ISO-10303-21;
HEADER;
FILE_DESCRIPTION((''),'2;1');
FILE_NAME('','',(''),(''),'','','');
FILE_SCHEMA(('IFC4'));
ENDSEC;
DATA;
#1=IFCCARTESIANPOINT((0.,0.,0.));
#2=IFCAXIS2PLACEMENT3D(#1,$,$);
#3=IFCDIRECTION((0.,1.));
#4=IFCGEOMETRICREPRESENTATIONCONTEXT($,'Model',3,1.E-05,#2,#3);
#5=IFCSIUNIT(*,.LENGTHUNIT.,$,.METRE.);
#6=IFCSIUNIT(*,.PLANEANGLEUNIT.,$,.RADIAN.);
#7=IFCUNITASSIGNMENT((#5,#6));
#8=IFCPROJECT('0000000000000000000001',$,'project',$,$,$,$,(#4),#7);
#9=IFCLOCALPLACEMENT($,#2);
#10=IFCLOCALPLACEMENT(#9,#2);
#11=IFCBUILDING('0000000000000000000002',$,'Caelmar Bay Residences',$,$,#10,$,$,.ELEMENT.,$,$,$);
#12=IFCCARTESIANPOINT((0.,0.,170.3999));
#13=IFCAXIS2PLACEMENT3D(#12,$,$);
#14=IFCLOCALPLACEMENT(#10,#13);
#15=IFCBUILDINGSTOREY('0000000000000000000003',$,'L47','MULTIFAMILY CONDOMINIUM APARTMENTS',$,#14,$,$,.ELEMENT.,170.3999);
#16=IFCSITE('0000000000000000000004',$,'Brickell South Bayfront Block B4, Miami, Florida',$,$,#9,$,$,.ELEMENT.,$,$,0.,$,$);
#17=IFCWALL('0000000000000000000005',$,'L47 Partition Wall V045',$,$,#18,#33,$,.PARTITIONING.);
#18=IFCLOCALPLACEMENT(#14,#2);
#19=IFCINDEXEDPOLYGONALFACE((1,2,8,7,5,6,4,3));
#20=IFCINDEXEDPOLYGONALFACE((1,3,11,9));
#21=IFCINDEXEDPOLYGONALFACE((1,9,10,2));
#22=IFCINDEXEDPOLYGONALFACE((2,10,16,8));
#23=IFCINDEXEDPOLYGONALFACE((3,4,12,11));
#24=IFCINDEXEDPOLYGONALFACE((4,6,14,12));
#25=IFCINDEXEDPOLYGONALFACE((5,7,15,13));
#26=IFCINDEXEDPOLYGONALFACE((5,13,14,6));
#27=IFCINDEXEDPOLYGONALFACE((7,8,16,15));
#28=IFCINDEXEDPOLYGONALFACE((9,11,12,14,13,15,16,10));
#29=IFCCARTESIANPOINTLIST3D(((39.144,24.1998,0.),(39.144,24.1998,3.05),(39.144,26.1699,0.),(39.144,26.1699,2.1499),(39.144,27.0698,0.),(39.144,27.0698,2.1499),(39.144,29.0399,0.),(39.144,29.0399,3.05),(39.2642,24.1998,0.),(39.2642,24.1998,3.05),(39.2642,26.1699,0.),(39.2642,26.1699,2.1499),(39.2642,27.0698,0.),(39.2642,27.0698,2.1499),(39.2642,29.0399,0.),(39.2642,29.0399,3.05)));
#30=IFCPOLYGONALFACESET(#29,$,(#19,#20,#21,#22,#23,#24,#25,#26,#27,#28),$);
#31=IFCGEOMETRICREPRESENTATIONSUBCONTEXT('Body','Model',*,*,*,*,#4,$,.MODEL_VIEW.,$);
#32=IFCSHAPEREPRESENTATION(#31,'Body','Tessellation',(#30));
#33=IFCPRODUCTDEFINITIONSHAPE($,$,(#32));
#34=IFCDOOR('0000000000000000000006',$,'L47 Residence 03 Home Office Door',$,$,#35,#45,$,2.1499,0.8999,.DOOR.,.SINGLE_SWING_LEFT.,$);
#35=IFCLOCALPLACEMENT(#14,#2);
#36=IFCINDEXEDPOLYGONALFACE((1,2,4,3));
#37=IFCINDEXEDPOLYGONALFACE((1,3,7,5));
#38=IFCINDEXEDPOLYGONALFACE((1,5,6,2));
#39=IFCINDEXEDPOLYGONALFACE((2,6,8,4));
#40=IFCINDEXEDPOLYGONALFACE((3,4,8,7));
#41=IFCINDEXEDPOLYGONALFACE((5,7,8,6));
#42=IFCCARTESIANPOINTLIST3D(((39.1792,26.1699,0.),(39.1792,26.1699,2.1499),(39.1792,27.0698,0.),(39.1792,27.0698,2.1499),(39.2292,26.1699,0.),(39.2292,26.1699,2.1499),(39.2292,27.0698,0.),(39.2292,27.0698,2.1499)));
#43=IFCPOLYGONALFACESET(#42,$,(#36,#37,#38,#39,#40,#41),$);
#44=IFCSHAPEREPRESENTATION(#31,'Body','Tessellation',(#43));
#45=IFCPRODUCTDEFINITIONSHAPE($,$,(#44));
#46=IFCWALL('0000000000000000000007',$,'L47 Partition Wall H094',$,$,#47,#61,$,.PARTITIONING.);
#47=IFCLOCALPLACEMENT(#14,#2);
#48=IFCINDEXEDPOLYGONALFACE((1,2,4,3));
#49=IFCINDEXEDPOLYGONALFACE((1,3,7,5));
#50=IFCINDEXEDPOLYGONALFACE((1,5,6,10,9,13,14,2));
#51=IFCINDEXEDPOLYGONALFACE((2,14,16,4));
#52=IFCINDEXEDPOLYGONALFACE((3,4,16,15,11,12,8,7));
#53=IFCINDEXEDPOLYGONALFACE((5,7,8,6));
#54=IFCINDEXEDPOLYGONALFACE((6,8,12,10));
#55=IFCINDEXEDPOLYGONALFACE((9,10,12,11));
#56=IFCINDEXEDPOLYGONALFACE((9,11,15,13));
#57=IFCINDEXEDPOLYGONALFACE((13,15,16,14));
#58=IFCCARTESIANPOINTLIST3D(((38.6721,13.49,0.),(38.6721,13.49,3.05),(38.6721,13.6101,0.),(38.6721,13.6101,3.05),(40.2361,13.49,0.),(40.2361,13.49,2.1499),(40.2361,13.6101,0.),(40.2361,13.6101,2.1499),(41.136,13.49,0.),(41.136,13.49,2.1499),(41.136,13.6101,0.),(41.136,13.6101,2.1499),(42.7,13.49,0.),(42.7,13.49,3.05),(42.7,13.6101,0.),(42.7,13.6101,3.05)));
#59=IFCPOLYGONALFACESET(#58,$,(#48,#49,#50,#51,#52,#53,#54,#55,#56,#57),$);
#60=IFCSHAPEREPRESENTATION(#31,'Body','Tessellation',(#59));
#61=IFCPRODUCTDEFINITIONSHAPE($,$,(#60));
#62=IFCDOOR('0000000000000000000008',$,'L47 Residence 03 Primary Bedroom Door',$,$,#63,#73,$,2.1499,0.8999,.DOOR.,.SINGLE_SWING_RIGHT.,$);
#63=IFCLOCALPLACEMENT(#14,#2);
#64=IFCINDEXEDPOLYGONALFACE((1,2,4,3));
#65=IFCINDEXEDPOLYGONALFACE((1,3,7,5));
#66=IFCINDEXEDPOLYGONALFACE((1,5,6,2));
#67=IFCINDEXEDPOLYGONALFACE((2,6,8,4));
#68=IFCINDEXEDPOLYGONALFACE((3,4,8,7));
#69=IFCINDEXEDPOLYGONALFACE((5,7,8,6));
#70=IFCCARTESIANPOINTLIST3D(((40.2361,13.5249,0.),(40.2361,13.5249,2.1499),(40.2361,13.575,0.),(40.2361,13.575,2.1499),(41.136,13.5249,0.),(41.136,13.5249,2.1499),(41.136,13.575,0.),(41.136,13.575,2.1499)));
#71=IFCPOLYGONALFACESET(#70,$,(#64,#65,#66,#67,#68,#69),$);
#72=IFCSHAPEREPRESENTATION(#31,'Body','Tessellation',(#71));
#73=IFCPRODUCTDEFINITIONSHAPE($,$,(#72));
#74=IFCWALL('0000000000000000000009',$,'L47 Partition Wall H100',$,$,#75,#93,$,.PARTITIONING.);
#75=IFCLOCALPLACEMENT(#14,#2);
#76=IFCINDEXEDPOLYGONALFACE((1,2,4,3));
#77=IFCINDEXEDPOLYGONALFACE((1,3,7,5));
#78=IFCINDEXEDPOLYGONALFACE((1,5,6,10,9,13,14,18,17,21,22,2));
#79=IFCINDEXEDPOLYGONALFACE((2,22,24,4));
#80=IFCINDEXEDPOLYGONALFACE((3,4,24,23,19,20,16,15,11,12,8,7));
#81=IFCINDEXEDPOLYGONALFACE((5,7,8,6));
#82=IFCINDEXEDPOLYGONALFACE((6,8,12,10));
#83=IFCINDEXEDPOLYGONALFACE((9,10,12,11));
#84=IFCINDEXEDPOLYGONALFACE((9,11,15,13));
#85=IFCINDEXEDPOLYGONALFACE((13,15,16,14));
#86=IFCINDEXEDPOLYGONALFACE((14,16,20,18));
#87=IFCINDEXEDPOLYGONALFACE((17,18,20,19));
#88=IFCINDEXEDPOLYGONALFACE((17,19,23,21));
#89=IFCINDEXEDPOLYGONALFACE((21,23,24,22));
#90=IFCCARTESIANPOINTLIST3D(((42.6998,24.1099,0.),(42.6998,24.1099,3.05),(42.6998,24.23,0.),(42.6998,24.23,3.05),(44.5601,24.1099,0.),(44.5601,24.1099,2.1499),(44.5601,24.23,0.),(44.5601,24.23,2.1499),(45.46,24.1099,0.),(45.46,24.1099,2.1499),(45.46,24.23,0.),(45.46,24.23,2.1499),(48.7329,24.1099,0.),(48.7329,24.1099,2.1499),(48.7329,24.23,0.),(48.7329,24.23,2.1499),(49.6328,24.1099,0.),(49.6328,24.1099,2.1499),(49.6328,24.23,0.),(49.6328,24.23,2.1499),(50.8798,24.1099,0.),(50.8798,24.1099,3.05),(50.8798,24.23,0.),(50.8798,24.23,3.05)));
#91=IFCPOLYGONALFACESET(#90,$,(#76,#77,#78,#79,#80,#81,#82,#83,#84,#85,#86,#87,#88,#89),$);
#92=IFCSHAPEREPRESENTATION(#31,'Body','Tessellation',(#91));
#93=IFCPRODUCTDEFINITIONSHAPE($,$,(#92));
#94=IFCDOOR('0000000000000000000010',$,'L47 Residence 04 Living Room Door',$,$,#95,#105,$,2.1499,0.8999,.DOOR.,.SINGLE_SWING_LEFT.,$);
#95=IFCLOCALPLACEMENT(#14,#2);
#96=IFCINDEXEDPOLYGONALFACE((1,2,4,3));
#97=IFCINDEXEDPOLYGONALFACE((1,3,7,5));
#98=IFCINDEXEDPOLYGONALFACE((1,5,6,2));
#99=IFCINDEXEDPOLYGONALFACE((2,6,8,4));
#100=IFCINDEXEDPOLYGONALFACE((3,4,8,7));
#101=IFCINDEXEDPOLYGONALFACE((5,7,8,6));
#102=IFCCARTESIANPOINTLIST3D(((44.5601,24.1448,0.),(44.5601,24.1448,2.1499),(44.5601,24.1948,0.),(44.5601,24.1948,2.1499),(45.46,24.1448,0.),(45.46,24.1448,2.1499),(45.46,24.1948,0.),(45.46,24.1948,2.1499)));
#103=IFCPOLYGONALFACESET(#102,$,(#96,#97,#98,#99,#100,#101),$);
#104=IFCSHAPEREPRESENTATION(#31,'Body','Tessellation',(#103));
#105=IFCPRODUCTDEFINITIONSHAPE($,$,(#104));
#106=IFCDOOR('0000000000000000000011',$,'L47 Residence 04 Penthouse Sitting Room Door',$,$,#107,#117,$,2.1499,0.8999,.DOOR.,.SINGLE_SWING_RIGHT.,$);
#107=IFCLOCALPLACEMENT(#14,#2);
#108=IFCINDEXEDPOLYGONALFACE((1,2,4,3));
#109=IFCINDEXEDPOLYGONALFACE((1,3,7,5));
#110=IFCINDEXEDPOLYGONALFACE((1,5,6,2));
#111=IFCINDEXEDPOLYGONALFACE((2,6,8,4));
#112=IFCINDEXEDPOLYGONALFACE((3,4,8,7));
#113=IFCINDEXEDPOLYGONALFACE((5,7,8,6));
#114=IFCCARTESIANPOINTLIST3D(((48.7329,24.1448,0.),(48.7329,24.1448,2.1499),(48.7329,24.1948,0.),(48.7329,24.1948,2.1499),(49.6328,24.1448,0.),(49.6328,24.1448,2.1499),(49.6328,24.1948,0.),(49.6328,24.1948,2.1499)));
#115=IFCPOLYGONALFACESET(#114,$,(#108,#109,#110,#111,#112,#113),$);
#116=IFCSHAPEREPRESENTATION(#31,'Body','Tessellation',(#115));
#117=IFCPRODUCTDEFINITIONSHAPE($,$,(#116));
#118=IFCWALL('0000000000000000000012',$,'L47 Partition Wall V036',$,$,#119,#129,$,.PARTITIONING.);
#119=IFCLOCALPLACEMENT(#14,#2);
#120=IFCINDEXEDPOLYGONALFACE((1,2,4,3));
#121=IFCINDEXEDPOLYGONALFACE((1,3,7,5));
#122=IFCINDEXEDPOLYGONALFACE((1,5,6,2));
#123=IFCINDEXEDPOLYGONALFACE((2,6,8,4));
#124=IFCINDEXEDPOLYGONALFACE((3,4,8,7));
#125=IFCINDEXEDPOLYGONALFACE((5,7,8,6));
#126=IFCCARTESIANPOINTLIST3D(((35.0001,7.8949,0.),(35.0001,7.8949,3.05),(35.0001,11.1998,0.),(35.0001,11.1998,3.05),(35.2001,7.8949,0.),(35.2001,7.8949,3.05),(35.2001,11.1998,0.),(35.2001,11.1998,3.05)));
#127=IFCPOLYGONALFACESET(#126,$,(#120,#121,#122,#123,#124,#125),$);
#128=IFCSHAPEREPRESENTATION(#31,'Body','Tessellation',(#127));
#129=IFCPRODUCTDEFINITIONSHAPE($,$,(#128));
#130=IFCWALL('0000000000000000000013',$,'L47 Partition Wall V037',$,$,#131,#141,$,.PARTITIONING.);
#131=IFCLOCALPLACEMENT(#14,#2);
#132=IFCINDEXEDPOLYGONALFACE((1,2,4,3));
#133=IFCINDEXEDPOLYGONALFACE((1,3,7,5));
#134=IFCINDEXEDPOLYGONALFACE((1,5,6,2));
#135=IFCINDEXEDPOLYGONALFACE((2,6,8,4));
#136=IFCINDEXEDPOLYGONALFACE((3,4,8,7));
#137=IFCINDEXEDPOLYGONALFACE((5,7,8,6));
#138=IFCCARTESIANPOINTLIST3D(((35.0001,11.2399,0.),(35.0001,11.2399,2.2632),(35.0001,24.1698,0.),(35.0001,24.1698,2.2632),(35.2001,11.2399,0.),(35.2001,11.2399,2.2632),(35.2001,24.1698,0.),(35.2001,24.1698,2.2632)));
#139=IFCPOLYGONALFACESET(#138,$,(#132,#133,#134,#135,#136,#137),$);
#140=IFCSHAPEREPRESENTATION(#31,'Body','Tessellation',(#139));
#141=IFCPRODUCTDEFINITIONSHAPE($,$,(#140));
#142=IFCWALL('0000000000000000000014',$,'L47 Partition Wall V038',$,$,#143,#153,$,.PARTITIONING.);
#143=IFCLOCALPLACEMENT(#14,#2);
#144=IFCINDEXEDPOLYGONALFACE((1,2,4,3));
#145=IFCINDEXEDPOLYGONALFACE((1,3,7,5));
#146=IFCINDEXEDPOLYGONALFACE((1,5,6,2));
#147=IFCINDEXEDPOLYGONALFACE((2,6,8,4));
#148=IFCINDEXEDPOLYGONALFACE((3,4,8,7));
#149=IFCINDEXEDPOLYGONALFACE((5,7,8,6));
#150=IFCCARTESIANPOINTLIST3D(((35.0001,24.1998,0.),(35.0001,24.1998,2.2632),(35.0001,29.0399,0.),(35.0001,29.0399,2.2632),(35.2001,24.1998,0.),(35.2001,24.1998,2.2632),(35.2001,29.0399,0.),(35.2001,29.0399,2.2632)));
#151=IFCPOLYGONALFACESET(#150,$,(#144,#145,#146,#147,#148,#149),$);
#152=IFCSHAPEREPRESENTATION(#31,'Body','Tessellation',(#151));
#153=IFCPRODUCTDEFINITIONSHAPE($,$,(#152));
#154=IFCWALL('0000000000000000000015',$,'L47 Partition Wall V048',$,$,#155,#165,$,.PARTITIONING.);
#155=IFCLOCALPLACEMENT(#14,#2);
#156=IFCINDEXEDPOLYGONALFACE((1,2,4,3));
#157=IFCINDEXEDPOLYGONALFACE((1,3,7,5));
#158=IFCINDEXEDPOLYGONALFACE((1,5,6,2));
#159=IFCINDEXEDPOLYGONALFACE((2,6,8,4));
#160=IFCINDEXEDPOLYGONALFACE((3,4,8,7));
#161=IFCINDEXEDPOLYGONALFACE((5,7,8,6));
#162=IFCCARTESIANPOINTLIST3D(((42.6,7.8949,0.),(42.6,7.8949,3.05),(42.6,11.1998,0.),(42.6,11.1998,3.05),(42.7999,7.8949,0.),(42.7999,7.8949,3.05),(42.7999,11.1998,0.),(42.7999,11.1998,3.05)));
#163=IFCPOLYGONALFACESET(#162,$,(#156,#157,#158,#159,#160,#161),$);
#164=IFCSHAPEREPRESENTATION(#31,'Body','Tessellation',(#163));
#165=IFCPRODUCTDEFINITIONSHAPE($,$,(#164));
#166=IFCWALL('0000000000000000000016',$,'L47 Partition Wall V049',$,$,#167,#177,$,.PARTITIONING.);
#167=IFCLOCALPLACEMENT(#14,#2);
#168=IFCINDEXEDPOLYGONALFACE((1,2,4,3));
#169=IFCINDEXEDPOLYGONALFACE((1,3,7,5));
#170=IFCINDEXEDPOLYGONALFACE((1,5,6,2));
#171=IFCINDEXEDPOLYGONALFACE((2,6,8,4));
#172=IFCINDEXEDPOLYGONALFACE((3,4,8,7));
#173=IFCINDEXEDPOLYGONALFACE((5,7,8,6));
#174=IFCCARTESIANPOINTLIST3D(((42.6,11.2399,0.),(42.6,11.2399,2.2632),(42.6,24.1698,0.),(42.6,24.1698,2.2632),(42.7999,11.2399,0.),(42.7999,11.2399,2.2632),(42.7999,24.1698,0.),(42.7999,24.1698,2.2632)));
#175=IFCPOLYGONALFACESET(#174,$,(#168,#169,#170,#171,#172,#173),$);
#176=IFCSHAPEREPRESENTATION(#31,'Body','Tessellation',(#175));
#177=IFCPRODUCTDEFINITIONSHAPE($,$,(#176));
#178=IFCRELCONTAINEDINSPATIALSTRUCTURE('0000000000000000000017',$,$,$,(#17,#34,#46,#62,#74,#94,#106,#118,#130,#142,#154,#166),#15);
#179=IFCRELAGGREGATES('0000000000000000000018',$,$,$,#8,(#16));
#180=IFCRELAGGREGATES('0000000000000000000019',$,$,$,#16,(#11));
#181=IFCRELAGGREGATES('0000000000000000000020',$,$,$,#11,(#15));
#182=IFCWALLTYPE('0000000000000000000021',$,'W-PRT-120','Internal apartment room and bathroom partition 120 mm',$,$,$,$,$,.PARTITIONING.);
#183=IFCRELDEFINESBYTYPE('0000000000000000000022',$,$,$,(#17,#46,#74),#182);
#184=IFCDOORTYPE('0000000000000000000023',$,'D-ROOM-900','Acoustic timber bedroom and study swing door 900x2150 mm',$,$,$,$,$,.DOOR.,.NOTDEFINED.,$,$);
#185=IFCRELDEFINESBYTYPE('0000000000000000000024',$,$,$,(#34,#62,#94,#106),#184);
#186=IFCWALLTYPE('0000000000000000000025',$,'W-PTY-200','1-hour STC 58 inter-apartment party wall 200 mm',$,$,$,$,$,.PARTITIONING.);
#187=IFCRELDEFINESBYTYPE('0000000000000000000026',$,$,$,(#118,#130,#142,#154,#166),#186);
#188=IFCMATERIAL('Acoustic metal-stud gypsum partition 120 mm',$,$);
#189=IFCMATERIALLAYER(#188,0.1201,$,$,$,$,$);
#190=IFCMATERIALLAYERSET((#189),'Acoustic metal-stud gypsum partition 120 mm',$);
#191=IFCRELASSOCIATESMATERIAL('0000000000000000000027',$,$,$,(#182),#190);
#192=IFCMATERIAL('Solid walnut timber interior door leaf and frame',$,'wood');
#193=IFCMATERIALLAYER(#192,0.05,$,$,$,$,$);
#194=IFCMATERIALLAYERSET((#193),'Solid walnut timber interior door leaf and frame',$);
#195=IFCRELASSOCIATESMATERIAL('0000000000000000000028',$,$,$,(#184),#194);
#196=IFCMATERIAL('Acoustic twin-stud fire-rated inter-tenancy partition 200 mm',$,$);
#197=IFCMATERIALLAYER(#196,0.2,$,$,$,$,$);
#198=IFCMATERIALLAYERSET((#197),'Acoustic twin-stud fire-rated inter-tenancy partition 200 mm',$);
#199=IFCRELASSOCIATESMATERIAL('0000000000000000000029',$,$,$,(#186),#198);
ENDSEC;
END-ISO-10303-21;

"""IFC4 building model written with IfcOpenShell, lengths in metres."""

from ifc_helpers import new_model, si_unit, direction, frame, frame_2d, origin, place, context, subcontext, project, spatial, rectangle, extrude, material, layer, layer_set, type_object, element, fill, save


model = new_model("IFC4")

# Units and contexts
model_context = context("Model", 3, precision=1e-05, world=origin(), true_north=direction((0.0, 1.0)))
body_context = subcontext(model_context, "Body", "Model", "MODEL_VIEW")
ifc_project = project(units=[si_unit("LENGTHUNIT", "METRE"), si_unit("PLANEANGLEUNIT", "RADIAN")], contexts=[model_context])

# Site, building, storey
site_placement = place(None, origin())
site = spatial("IfcSite", under=ifc_project, at=site_placement, Name="Brickell South Bayfront Block B4, Miami, Florida", CompositionType="ELEMENT", RefElevation=0.0)
building_placement = place(site_placement, origin())
building = spatial("IfcBuilding", under=site, at=building_placement, Name="Caelmar Bay Residences", CompositionType="ELEMENT")
storey_placement = place(building_placement, frame((0.0, 0.0, 170.3999)))
storey = spatial("IfcBuildingStorey", under=building, at=storey_placement, Name="L47", Description="MULTIFAMILY CONDOMINIUM APARTMENTS", CompositionType="ELEMENT", Elevation=170.3999)

# Shared definitions
ifc_material_1 = material(Name="Acoustic metal-stud gypsum partition 120 mm")
ifc_layer_1 = layer(ifc_material_1, 0.1201)
ifc_layer_set_1 = layer_set([ifc_layer_1], Name="Acoustic metal-stud gypsum partition 120 mm")
wall_type_1 = type_object("IfcWallType", Name="W-PRT-120", Description="Internal apartment room and bathroom partition 120 mm", PredefinedType="PARTITIONING", material=ifc_layer_set_1)

# Walls, openings, doors
wall_1_placement = place(storey_placement, frame((39.2041, 24.2, 0.0), z_axis=(0.0, 0.0, 1.0), x_axis=(0.0, 1.0, 0.0)))
wall_1 = element("IfcWall", 1, at=wall_1_placement, inside=storey, type_object=wall_type_1, Name="L47 Partition Wall V045", PredefinedType="PARTITIONING", context=body_context, shape_type="SweptSolid", body=[
    extrude(rectangle(XDim=4.8401, YDim=0.1201, at=frame_2d((2.4199, 0.0))), origin(), (0.0, 0.0, 1.0), 3.05),
])
opening_1_placement = place(wall_1_placement, frame((1.97, 0.0, 0.0)))
opening_1 = element("IfcOpeningElement", 2, at=opening_1_placement, cuts=wall_1, PredefinedType="OPENING", context=body_context, shape_type="SweptSolid", body=[
    extrude(rectangle(XDim=0.8999, YDim=2.1499, at=frame_2d((0.45, 1.075))), frame((0.0, 0.0701, 0.0), z_axis=(0.0, -1.0, 0.0), x_axis=(1.0, 0.0, 0.0)), (0.0, 0.0, 1.0), 0.1401),
])
ifc_material_2 = material(Name="Solid walnut timber interior door leaf and frame", Category="wood")
ifc_layer_2 = layer(ifc_material_2, 0.05)
ifc_layer_set_2 = layer_set([ifc_layer_2], Name="Solid walnut timber interior door leaf and frame")
door_type = type_object("IfcDoorType", Name="D-ROOM-900", Description="Acoustic timber bedroom and study swing door 900x2150 mm", OperationType="NOTDEFINED", PredefinedType="DOOR", material=ifc_layer_set_2)
door_1_placement = place(opening_1_placement, origin())
door_1 = element("IfcDoor", 3, at=door_1_placement, inside=storey, type_object=door_type, Name="L47 Residence 03 Home Office Door", OperationType="SINGLE_SWING_LEFT", OverallHeight=2.1499, OverallWidth=0.8999, PredefinedType="DOOR", context=body_context, shape_type="SweptSolid", body=[
    extrude(rectangle(XDim=0.8999, YDim=2.1499, at=frame_2d((0.45, 1.075))), frame((0.0, 0.0249, 0.0), z_axis=(0.0, -1.0, 0.0), x_axis=(1.0, 0.0, 0.0)), (0.0, 0.0, 1.0), 0.05),
])
fill(opening_1, door_1)
wall_2_placement = place(storey_placement, frame((38.6721, 13.55, 0.0), z_axis=(0.0, 0.0, 1.0), x_axis=(1.0, 0.0, 0.0)))
wall_2 = element("IfcWall", 4, at=wall_2_placement, inside=storey, type_object=wall_type_1, Name="L47 Partition Wall H094", PredefinedType="PARTITIONING", context=body_context, shape_type="SweptSolid", body=[
    extrude(rectangle(XDim=4.0278, YDim=0.1201, at=frame_2d((2.0139, 0.0))), origin(), (0.0, 0.0, 1.0), 3.05),
])
opening_2_placement = place(wall_2_placement, frame((1.564, 0.0, 0.0)))
opening_2 = element("IfcOpeningElement", 5, at=opening_2_placement, cuts=wall_2, PredefinedType="OPENING", context=body_context, shape_type="SweptSolid", body=[
    extrude(rectangle(XDim=0.8999, YDim=2.1499, at=frame_2d((0.45, 1.075))), frame((0.0, 0.0701, 0.0), z_axis=(0.0, -1.0, 0.0), x_axis=(1.0, 0.0, 0.0)), (0.0, 0.0, 1.0), 0.1401),
])
door_2_placement = place(opening_2_placement, origin())
door_2 = element("IfcDoor", 6, at=door_2_placement, inside=storey, type_object=door_type, Name="L47 Residence 03 Primary Bedroom Door", OperationType="SINGLE_SWING_RIGHT", OverallHeight=2.1499, OverallWidth=0.8999, PredefinedType="DOOR", context=body_context, shape_type="SweptSolid", body=[
    extrude(rectangle(XDim=0.8999, YDim=2.1499, at=frame_2d((0.45, 1.075))), frame((0.0, 0.0249, 0.0), z_axis=(0.0, -1.0, 0.0), x_axis=(1.0, 0.0, 0.0)), (0.0, 0.0, 1.0), 0.05),
])
fill(opening_2, door_2)

# Wall, openings, doors
wall_3_placement = place(storey_placement, frame((42.7, 24.1699, 0.0), z_axis=(0.0, 0.0, 1.0), x_axis=(1.0, 0.0, 0.0)))
wall_3 = element("IfcWall", 7, at=wall_3_placement, inside=storey, type_object=wall_type_1, Name="L47 Partition Wall H100", PredefinedType="PARTITIONING", context=body_context, shape_type="SweptSolid", body=[
    extrude(rectangle(XDim=8.1799, YDim=0.1201, at=frame_2d((4.0898, 0.0))), origin(), (0.0, 0.0, 1.0), 3.05),
])
opening_3_placement = place(wall_3_placement, frame((1.8601, 0.0, 0.0)))
opening_3 = element("IfcOpeningElement", 8, at=opening_3_placement, cuts=wall_3, PredefinedType="OPENING", context=body_context, shape_type="SweptSolid", body=[
    extrude(rectangle(XDim=0.8999, YDim=2.1499, at=frame_2d((0.45, 1.075))), frame((0.0, 0.0701, 0.0), z_axis=(0.0, -1.0, 0.0), x_axis=(1.0, 0.0, 0.0)), (0.0, 0.0, 1.0), 0.1401),
])
opening_4_placement = place(wall_3_placement, frame((6.033, 0.0, 0.0)))
opening_4 = element("IfcOpeningElement", 9, at=opening_4_placement, cuts=wall_3, PredefinedType="OPENING", context=body_context, shape_type="SweptSolid", body=[
    extrude(rectangle(XDim=0.8999, YDim=2.1499, at=frame_2d((0.45, 1.075))), frame((0.0, 0.0701, 0.0), z_axis=(0.0, -1.0, 0.0), x_axis=(1.0, 0.0, 0.0)), (0.0, 0.0, 1.0), 0.1401),
])
door_3_placement = place(opening_3_placement, origin())
door_3 = element("IfcDoor", 10, at=door_3_placement, inside=storey, type_object=door_type, Name="L47 Residence 04 Living Room Door", OperationType="SINGLE_SWING_LEFT", OverallHeight=2.1499, OverallWidth=0.8999, PredefinedType="DOOR", context=body_context, shape_type="SweptSolid", body=[
    extrude(rectangle(XDim=0.8999, YDim=2.1499, at=frame_2d((0.45, 1.075))), frame((0.0, 0.0249, 0.0), z_axis=(0.0, -1.0, 0.0), x_axis=(1.0, 0.0, 0.0)), (0.0, 0.0, 1.0), 0.05),
])
fill(opening_3, door_3)
door_4_placement = place(opening_4_placement, origin())
door_4 = element("IfcDoor", 11, at=door_4_placement, inside=storey, type_object=door_type, Name="L47 Residence 04 Penthouse Sitting Room Door", OperationType="SINGLE_SWING_RIGHT", OverallHeight=2.1499, OverallWidth=0.8999, PredefinedType="DOOR", context=body_context, shape_type="SweptSolid", body=[
    extrude(rectangle(XDim=0.8999, YDim=2.1499, at=frame_2d((0.45, 1.075))), frame((0.0, 0.0249, 0.0), z_axis=(0.0, -1.0, 0.0), x_axis=(1.0, 0.0, 0.0)), (0.0, 0.0, 1.0), 0.05),
])
fill(opening_4, door_4)

# Walls
ifc_material_3 = material(Name="Acoustic twin-stud fire-rated inter-tenancy partition 200 mm")
ifc_layer_3 = layer(ifc_material_3, 0.2)
ifc_layer_set_3 = layer_set([ifc_layer_3], Name="Acoustic twin-stud fire-rated inter-tenancy partition 200 mm")
wall_type_2 = type_object("IfcWallType", Name="W-PTY-200", Description="1-hour STC 58 inter-apartment party wall 200 mm", PredefinedType="PARTITIONING", material=ifc_layer_set_3)
wall_4_placement = place(storey_placement, frame((35.1001, 7.895, 0.0), z_axis=(0.0, 0.0, 1.0), x_axis=(0.0, 1.0, 0.0)))
element("IfcWall", 12, at=wall_4_placement, inside=storey, type_object=wall_type_2, Name="L47 Partition Wall V036", PredefinedType="PARTITIONING", context=body_context, shape_type="SweptSolid", body=[
    extrude(rectangle(XDim=3.3049, YDim=0.2, at=frame_2d((1.6523, 0.0))), origin(), (0.0, 0.0, 1.0), 3.05),
])
wall_5_placement = place(storey_placement, frame((35.1001, 11.24, 0.0), z_axis=(0.0, 0.0, 1.0), x_axis=(0.0, 1.0, 0.0)))
element("IfcWall", 13, at=wall_5_placement, inside=storey, type_object=wall_type_2, Name="L47 Partition Wall V037", PredefinedType="PARTITIONING", context=body_context, shape_type="SweptSolid", body=[
    extrude(rectangle(XDim=12.9299, YDim=0.2, at=frame_2d((6.4648, 0.0))), origin(), (0.0, 0.0, 1.0), 2.2632),
])
wall_6_placement = place(storey_placement, frame((35.1001, 24.2, 0.0), z_axis=(0.0, 0.0, 1.0), x_axis=(0.0, 1.0, 0.0)))
element("IfcWall", 14, at=wall_6_placement, inside=storey, type_object=wall_type_2, Name="L47 Partition Wall V038", PredefinedType="PARTITIONING", context=body_context, shape_type="SweptSolid", body=[
    extrude(rectangle(XDim=4.8401, YDim=0.2, at=frame_2d((2.4199, 0.0))), origin(), (0.0, 0.0, 1.0), 2.2632),
])
wall_7_placement = place(storey_placement, frame((42.7, 7.895, 0.0), z_axis=(0.0, 0.0, 1.0), x_axis=(0.0, 1.0, 0.0)))
element("IfcWall", 15, at=wall_7_placement, inside=storey, type_object=wall_type_2, Name="L47 Partition Wall V048", PredefinedType="PARTITIONING", context=body_context, shape_type="SweptSolid", body=[
    extrude(rectangle(XDim=3.3049, YDim=0.2, at=frame_2d((1.6523, 0.0))), origin(), (0.0, 0.0, 1.0), 3.05),
])
wall_8_placement = place(storey_placement, frame((42.7, 11.24, 0.0), z_axis=(0.0, 0.0, 1.0), x_axis=(0.0, 1.0, 0.0)))
element("IfcWall", 16, at=wall_8_placement, inside=storey, type_object=wall_type_2, Name="L47 Partition Wall V049", PredefinedType="PARTITIONING", context=body_context, shape_type="SweptSolid", body=[
    extrude(rectangle(XDim=12.9299, YDim=0.2, at=frame_2d((6.4648, 0.0))), origin(), (0.0, 0.0, 1.0), 2.2632),
])

save(model, "model.ifc")
